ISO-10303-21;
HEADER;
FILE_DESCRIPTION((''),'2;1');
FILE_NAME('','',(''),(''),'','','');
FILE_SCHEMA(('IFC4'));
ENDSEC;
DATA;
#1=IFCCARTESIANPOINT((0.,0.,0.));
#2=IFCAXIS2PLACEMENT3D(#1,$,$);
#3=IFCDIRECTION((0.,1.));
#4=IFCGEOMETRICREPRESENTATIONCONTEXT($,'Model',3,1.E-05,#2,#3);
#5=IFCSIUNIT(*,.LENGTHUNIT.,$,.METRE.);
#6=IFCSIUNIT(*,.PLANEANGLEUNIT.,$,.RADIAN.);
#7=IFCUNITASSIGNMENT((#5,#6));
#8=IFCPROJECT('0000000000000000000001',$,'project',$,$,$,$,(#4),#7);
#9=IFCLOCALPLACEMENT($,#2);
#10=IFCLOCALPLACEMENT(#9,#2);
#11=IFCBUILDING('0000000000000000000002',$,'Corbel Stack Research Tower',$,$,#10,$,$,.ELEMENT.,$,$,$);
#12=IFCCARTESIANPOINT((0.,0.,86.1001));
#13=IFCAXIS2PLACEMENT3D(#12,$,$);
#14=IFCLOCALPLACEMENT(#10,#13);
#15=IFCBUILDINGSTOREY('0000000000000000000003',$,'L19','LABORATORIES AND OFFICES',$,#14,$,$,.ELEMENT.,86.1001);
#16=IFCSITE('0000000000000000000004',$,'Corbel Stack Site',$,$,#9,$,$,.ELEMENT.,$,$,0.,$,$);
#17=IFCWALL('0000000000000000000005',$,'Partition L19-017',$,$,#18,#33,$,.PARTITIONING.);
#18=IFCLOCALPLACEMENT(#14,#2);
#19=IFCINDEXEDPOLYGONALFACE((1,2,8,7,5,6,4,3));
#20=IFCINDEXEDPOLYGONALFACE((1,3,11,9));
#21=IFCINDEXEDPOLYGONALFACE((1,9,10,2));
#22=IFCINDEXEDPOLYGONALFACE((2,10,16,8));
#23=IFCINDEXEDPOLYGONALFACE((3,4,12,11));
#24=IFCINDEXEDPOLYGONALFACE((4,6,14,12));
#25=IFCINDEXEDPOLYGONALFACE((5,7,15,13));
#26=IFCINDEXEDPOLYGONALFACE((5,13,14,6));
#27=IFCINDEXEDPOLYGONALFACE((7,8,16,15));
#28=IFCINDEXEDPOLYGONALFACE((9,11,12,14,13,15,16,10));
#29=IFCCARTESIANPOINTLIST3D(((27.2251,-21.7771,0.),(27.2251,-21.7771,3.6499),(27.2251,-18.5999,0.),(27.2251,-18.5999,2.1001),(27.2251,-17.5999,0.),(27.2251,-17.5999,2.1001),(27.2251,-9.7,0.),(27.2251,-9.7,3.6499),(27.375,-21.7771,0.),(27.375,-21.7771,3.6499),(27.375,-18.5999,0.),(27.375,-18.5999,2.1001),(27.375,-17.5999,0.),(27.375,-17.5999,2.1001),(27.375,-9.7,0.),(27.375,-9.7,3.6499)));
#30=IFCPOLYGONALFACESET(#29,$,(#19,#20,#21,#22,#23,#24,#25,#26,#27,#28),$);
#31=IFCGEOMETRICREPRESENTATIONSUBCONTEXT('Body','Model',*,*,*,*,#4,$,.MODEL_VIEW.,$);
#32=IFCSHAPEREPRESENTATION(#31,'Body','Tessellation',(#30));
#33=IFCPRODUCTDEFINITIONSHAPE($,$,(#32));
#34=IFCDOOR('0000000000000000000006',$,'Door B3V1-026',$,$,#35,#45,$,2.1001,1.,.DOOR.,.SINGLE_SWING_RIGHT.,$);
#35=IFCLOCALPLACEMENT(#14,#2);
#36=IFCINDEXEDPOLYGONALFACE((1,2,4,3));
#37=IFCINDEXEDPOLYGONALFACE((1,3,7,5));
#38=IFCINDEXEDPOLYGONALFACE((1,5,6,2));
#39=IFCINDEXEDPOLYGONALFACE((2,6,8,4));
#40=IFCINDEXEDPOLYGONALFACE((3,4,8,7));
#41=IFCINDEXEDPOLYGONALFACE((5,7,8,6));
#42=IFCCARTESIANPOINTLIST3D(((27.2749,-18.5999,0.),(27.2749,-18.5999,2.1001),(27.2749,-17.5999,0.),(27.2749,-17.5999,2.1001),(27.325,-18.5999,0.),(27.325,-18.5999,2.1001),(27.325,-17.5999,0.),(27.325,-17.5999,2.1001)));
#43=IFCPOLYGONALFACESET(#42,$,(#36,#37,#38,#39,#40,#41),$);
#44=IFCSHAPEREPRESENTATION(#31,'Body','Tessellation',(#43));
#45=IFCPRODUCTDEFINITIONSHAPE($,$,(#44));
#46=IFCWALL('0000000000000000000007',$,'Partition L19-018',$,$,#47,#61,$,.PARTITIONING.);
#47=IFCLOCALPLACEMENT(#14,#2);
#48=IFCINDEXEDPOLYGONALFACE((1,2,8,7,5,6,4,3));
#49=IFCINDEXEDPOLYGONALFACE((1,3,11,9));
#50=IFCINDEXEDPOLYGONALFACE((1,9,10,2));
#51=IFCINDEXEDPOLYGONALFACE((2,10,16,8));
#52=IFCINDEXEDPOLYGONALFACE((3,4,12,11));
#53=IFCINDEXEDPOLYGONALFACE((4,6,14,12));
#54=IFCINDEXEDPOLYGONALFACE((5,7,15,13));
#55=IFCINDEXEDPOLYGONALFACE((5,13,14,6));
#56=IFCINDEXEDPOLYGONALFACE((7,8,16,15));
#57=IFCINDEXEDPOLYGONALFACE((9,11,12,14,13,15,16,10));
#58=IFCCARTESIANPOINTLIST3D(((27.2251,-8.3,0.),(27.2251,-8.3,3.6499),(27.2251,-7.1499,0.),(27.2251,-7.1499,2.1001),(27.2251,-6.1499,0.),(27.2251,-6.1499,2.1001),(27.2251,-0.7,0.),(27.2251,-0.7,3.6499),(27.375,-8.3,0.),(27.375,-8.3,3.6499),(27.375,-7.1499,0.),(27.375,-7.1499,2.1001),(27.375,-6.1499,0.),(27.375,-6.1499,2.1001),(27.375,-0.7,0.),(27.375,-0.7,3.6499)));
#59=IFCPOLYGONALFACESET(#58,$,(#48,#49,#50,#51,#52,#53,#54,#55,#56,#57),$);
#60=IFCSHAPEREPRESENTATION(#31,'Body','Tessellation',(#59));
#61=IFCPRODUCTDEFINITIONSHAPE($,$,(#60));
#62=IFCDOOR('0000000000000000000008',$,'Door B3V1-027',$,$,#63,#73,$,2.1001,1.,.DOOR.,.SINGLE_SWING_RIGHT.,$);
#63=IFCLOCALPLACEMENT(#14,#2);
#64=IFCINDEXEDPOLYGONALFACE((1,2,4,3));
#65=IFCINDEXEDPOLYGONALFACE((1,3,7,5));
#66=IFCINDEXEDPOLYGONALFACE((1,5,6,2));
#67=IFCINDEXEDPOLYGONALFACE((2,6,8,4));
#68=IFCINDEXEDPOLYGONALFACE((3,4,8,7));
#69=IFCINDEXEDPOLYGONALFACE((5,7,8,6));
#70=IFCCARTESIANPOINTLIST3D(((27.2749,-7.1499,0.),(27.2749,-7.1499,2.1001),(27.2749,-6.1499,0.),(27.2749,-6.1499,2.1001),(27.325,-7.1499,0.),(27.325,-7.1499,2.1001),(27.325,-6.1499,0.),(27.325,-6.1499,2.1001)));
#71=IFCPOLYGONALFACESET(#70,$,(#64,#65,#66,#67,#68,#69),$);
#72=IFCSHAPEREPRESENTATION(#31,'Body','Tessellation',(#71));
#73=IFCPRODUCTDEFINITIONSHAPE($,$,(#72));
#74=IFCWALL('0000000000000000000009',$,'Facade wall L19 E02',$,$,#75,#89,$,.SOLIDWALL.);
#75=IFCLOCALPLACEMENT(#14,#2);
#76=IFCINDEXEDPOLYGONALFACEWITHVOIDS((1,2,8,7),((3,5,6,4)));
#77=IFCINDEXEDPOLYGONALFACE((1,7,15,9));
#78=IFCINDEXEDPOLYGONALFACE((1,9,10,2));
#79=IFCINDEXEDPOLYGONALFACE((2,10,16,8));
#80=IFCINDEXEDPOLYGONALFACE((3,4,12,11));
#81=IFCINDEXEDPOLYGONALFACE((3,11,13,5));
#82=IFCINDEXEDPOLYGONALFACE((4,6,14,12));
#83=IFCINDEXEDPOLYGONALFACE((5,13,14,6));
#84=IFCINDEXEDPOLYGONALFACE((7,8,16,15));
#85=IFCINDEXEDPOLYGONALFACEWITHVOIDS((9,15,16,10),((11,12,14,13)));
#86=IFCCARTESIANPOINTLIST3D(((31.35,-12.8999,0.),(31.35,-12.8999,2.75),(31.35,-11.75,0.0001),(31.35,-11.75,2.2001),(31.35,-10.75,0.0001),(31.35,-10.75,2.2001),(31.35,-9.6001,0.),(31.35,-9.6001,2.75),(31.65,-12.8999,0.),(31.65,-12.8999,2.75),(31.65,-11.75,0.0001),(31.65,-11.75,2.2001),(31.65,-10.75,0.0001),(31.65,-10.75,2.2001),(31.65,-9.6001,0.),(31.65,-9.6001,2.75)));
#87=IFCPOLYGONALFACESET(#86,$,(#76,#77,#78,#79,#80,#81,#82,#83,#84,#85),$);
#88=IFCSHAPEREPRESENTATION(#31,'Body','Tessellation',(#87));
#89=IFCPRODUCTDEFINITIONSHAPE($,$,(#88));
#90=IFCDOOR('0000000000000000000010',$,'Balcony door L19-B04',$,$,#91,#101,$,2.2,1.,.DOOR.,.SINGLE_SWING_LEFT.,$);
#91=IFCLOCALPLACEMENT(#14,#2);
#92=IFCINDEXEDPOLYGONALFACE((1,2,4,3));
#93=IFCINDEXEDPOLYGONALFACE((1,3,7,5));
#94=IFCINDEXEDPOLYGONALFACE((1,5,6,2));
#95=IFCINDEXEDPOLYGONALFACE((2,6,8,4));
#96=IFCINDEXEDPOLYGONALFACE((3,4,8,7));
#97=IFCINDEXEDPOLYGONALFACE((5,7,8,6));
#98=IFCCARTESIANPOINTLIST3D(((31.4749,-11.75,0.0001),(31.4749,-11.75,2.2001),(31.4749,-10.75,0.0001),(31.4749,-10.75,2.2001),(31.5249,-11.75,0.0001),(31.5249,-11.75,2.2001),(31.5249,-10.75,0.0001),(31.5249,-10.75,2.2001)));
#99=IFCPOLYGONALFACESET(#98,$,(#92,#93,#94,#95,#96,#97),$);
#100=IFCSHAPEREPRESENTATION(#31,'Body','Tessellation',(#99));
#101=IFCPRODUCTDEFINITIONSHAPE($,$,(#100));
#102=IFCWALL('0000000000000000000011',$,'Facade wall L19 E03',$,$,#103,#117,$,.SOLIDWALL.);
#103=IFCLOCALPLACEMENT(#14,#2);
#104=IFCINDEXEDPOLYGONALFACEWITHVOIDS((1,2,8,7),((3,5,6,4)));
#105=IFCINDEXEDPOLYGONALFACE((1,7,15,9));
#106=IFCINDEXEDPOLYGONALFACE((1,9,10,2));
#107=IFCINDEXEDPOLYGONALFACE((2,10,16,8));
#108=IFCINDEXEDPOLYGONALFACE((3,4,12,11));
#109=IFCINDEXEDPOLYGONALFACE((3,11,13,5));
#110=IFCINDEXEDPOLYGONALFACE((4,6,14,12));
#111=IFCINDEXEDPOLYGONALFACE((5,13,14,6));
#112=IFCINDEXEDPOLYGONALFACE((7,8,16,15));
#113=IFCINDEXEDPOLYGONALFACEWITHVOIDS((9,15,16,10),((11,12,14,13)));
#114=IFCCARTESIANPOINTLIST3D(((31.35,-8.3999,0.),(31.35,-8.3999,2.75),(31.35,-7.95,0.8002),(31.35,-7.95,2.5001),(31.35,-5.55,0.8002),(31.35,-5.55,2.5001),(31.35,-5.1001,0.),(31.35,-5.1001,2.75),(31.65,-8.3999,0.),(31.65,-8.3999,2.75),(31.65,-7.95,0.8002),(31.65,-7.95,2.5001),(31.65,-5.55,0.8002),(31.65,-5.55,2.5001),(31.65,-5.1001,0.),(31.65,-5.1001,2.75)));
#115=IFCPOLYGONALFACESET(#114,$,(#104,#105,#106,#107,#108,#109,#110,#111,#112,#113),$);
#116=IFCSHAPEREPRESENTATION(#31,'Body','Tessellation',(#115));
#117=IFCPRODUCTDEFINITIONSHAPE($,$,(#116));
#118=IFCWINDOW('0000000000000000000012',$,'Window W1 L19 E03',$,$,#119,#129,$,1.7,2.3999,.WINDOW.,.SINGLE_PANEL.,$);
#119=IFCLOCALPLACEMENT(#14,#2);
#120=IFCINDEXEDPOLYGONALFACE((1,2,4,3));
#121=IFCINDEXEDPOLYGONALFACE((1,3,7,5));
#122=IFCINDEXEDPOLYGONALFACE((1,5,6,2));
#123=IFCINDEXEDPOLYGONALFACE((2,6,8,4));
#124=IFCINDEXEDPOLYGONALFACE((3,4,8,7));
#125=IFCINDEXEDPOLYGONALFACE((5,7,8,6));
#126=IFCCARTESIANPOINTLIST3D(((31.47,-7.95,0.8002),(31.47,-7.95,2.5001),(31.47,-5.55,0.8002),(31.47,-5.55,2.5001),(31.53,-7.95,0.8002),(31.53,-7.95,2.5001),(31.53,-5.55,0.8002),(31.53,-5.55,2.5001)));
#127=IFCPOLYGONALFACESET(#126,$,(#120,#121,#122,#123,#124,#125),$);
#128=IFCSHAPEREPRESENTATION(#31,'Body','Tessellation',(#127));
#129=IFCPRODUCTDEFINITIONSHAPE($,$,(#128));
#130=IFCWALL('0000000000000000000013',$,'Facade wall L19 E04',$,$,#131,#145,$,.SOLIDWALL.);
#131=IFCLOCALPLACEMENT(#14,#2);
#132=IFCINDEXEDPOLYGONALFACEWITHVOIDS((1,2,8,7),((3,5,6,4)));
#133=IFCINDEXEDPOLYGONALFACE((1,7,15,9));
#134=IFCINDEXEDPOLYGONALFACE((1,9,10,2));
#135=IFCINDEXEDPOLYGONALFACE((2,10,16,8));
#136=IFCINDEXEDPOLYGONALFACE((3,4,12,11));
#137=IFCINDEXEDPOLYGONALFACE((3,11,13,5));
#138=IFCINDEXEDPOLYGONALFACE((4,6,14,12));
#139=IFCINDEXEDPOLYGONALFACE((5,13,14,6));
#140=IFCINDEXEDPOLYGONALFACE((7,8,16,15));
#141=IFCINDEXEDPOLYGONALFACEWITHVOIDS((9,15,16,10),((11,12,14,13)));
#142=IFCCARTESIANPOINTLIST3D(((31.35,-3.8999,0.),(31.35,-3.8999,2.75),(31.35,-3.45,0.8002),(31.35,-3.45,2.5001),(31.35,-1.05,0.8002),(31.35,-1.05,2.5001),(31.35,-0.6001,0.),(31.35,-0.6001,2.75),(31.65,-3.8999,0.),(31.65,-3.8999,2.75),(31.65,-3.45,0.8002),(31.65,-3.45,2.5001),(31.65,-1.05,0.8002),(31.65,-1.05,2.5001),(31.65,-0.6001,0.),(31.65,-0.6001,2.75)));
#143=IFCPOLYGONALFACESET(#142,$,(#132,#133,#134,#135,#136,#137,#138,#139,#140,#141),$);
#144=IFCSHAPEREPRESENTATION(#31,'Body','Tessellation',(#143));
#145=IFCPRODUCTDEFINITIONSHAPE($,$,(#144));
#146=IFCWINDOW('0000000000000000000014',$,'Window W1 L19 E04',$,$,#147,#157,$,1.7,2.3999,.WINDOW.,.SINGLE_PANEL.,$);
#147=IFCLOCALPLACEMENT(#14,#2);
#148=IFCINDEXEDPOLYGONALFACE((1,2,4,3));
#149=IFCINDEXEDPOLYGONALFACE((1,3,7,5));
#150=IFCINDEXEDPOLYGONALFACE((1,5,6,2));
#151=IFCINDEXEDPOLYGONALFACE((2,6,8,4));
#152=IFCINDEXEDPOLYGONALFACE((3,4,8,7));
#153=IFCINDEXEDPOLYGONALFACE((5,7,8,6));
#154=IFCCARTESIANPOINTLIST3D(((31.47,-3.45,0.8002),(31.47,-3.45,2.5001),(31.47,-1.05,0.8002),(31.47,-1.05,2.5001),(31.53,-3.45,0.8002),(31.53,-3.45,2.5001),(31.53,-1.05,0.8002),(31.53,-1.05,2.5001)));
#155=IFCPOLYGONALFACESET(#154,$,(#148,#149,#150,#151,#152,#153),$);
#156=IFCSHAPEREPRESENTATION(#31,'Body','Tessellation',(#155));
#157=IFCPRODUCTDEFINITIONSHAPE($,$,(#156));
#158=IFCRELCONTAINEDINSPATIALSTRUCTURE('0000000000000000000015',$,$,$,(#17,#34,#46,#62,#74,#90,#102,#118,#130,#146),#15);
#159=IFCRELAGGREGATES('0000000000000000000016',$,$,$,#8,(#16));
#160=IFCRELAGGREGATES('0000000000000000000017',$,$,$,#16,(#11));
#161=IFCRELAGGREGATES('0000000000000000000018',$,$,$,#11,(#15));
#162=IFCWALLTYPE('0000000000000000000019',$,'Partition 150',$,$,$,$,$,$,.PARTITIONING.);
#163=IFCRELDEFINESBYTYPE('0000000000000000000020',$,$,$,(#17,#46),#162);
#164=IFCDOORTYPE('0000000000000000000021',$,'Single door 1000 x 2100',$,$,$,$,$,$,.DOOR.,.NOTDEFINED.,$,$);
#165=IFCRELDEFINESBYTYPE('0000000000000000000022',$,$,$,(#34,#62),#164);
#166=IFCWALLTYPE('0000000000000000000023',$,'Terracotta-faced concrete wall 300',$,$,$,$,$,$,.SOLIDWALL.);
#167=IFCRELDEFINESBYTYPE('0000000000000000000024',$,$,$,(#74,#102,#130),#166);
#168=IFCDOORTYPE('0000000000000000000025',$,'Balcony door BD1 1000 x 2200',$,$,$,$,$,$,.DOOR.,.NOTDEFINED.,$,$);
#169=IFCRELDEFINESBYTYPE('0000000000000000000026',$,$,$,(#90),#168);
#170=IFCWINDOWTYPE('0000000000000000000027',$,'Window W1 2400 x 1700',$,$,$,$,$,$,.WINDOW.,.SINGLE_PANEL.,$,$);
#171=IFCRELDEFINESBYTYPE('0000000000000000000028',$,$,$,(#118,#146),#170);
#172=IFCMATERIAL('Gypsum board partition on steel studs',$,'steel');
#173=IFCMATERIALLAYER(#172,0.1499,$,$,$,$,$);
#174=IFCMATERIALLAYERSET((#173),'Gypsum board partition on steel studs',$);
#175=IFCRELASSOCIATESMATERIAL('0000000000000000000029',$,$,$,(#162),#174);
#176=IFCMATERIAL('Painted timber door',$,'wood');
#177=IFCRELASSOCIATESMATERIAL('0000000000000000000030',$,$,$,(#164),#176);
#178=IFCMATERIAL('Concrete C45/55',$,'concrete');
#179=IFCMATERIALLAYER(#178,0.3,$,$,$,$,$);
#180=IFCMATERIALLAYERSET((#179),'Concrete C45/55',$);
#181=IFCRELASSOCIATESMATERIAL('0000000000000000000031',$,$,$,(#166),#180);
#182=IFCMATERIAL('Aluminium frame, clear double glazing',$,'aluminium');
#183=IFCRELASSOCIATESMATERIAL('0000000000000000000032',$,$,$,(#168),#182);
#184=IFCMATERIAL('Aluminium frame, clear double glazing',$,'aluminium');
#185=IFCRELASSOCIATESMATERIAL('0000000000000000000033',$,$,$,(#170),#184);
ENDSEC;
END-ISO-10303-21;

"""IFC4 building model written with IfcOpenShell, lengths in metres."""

from ifc_helpers import new_model, si_unit, direction, frame, frame_2d, origin, place, context, subcontext, project, spatial, rectangle, extrude, material, layer, layer_set, type_object, element, fill, save


model = new_model("IFC4")

# Units and contexts
model_context = context("Model", 3, precision=1e-05, world=origin(), true_north=direction((0.0, 1.0)))
body_context = subcontext(model_context, "Body", "Model", "MODEL_VIEW")
ifc_project = project(units=[si_unit("LENGTHUNIT", "METRE"), si_unit("PLANEANGLEUNIT", "RADIAN")], contexts=[model_context])

# Site, building, storey
site_placement = place(None, origin())
site = spatial("IfcSite", under=ifc_project, at=site_placement, Name="Corbel Stack Site", CompositionType="ELEMENT", RefElevation=0.0)
building_placement = place(site_placement, origin())
building = spatial("IfcBuilding", under=site, at=building_placement, Name="Corbel Stack Research Tower", CompositionType="ELEMENT")
storey_placement = place(building_placement, frame((0.0, 0.0, 86.1001)))
storey = spatial("IfcBuildingStorey", under=building, at=storey_placement, Name="L19", Description="LABORATORIES AND OFFICES", CompositionType="ELEMENT", Elevation=86.1001)

# Walls, openings, doors
ifc_material_1 = material(Name="Gypsum board partition on steel studs", Category="steel")
ifc_layer_1 = layer(ifc_material_1, 0.1499)
ifc_layer_set_1 = layer_set([ifc_layer_1], Name="Gypsum board partition on steel studs")
wall_type_1 = type_object("IfcWallType", Name="Partition 150", PredefinedType="PARTITIONING", material=ifc_layer_set_1)
wall_1_placement = place(storey_placement, frame((27.3, -9.7, 0.0), z_axis=(0.0, 0.0, 1.0), x_axis=(0.0, -1.0, 0.0)))
wall_1 = element("IfcWall", 1, at=wall_1_placement, inside=storey, type_object=wall_type_1, Name="Partition L19-017", PredefinedType="PARTITIONING", context=body_context, shape_type="SweptSolid", body=[
    extrude(rectangle(XDim=12.0771, YDim=0.1499, at=frame_2d((6.0386, 0.0))), origin(), (0.0, 0.0, 1.0), 3.6499),
])
opening_1_placement = place(wall_1_placement, frame((7.8999, 0.0, 0.0)))
opening_1 = element("IfcOpeningElement", 2, at=opening_1_placement, cuts=wall_1, PredefinedType="OPENING", context=body_context, shape_type="SweptSolid", body=[
    extrude(rectangle(XDim=1.0, YDim=2.1001, at=frame_2d((0.5, 1.05))), frame((0.0, 0.085, 0.0), z_axis=(0.0, -1.0, 0.0), x_axis=(1.0, 0.0, 0.0)), (0.0, 0.0, 1.0), 0.1699),
])
ifc_material_2 = material(Name="Painted timber door", Category="wood")
door_type_1 = type_object("IfcDoorType", Name="Single door 1000 x 2100", OperationType="NOTDEFINED", PredefinedType="DOOR", material=ifc_material_2)
door_1_placement = place(opening_1_placement, origin())
door_1 = element("IfcDoor", 3, at=door_1_placement, inside=storey, type_object=door_type_1, Name="Door B3V1-026", OperationType="SINGLE_SWING_RIGHT", OverallHeight=2.1001, OverallWidth=1.0, PredefinedType="DOOR", context=body_context, shape_type="SweptSolid", body=[
    extrude(rectangle(XDim=1.0, YDim=2.1001, at=frame_2d((0.5, 1.05))), frame((0.0, 0.0249, 0.0), z_axis=(0.0, -1.0, 0.0), x_axis=(1.0, 0.0, 0.0)), (0.0, 0.0, 1.0), 0.05),
])
fill(opening_1, door_1)
wall_2_placement = place(storey_placement, frame((27.3, -0.7, 0.0), z_axis=(0.0, 0.0, 1.0), x_axis=(0.0, -1.0, 0.0)))
wall_2 = element("IfcWall", 4, at=wall_2_placement, inside=storey, type_object=wall_type_1, Name="Partition L19-018", PredefinedType="PARTITIONING", context=body_context, shape_type="SweptSolid", body=[
    extrude(rectangle(XDim=7.6001, YDim=0.1499, at=frame_2d((3.8, 0.0))), origin(), (0.0, 0.0, 1.0), 3.6499),
])
opening_2_placement = place(wall_2_placement, frame((5.45, 0.0, 0.0)))
opening_2 = element("IfcOpeningElement", 5, at=opening_2_placement, cuts=wall_2, PredefinedType="OPENING", context=body_context, shape_type="SweptSolid", body=[
    extrude(rectangle(XDim=1.0, YDim=2.1001, at=frame_2d((0.5, 1.05))), frame((0.0, 0.085, 0.0), z_axis=(0.0, -1.0, 0.0), x_axis=(1.0, 0.0, 0.0)), (0.0, 0.0, 1.0), 0.1699),
])
door_2_placement = place(opening_2_placement, origin())
door_2 = element("IfcDoor", 6, at=door_2_placement, inside=storey, type_object=door_type_1, Name="Door B3V1-027", OperationType="SINGLE_SWING_RIGHT", OverallHeight=2.1001, OverallWidth=1.0, PredefinedType="DOOR", context=body_context, shape_type="SweptSolid", body=[
    extrude(rectangle(XDim=1.0, YDim=2.1001, at=frame_2d((0.5, 1.05))), frame((0.0, 0.0249, 0.0), z_axis=(0.0, -1.0, 0.0), x_axis=(1.0, 0.0, 0.0)), (0.0, 0.0, 1.0), 0.05),
])
fill(opening_2, door_2)
ifc_material_3 = material(Name="Concrete C45/55", Category="concrete")
ifc_layer_2 = layer(ifc_material_3, 0.3)
ifc_layer_set_2 = layer_set([ifc_layer_2], Name="Concrete C45/55")
wall_type_2 = type_object("IfcWallType", Name="Terracotta-faced concrete wall 300", PredefinedType="SOLIDWALL", material=ifc_layer_set_2)
wall_3_placement = place(storey_placement, frame((31.5, -9.6001, 0.0), z_axis=(0.0, 0.0, 1.0), x_axis=(0.0, -1.0, 0.0)))
wall_3 = element("IfcWall", 7, at=wall_3_placement, inside=storey, type_object=wall_type_2, Name="Facade wall L19 E02", PredefinedType="SOLIDWALL", context=body_context, shape_type="SweptSolid", body=[
    extrude(rectangle(XDim=3.2998, YDim=0.3, at=frame_2d((1.6499, 0.0))), origin(), (0.0, 0.0, 1.0), 2.75),
])
opening_3_placement = place(wall_3_placement, frame((1.1499, 0.0, 0.0)))
opening_3 = element("IfcOpeningElement", 8, at=opening_3_placement, cuts=wall_3, PredefinedType="OPENING", context=body_context, shape_type="SweptSolid", body=[
    extrude(rectangle(XDim=1.0, YDim=2.2, at=frame_2d((0.5, 1.1001))), frame((0.0, 0.1599, 0.0), z_axis=(0.0, -1.0, 0.0), x_axis=(1.0, 0.0, 0.0)), (0.0, 0.0, 1.0), 0.3201),
])
ifc_material_4 = material(Name="Aluminium frame, clear double glazing", Category="aluminium")
door_type_2 = type_object("IfcDoorType", Name="Balcony door BD1 1000 x 2200", OperationType="NOTDEFINED", PredefinedType="DOOR", material=ifc_material_4)
door_3_placement = place(opening_3_placement, origin())
door_3 = element("IfcDoor", 9, at=door_3_placement, inside=storey, type_object=door_type_2, Name="Balcony door L19-B04", OperationType="SINGLE_SWING_LEFT", OverallHeight=2.2, OverallWidth=1.0, PredefinedType="DOOR", context=body_context, shape_type="SweptSolid", body=[
    extrude(rectangle(XDim=1.0, YDim=2.2, at=frame_2d((0.5, 1.1001))), frame((0.0, 0.0249, 0.0), z_axis=(0.0, -1.0, 0.0), x_axis=(1.0, 0.0, 0.0)), (0.0, 0.0, 1.0), 0.05),
])
fill(opening_3, door_3)

# Walls, openings, windows
wall_4_placement = place(storey_placement, frame((31.5, -5.1001, 0.0), z_axis=(0.0, 0.0, 1.0), x_axis=(0.0, -1.0, 0.0)))
wall_4 = element("IfcWall", 10, at=wall_4_placement, inside=storey, type_object=wall_type_2, Name="Facade wall L19 E03", PredefinedType="SOLIDWALL", context=body_context, shape_type="SweptSolid", body=[
    extrude(rectangle(XDim=3.2998, YDim=0.3, at=frame_2d((1.6499, 0.0))), origin(), (0.0, 0.0, 1.0), 2.75),
])
opening_4_placement = place(wall_4_placement, frame((0.45, 0.0, 0.8)))
opening_4 = element("IfcOpeningElement", 11, at=opening_4_placement, cuts=wall_4, PredefinedType="OPENING", context=body_context, shape_type="SweptSolid", body=[
    extrude(rectangle(XDim=2.3999, YDim=1.7, at=frame_2d((1.2, 0.8501))), frame((0.0, 0.1599, 0.0), z_axis=(0.0, -1.0, 0.0), x_axis=(1.0, 0.0, 0.0)), (0.0, 0.0, 1.0), 0.3201),
])
ifc_material_5 = material(Name="Aluminium frame, clear double glazing", Category="aluminium")
window_type = type_object("IfcWindowType", Name="Window W1 2400 x 1700", PartitioningType="SINGLE_PANEL", PredefinedType="WINDOW", material=ifc_material_5)
window_1_placement = place(opening_4_placement, origin())
window_1 = element("IfcWindow", 12, at=window_1_placement, inside=storey, type_object=window_type, Name="Window W1 L19 E03", OverallHeight=1.7, OverallWidth=2.3999, PartitioningType="SINGLE_PANEL", PredefinedType="WINDOW", context=body_context, shape_type="SweptSolid", body=[
    extrude(rectangle(XDim=2.3999, YDim=1.7, at=frame_2d((1.2, 0.8501))), frame((0.0, 0.03, 0.0), z_axis=(0.0, -1.0, 0.0), x_axis=(1.0, 0.0, 0.0)), (0.0, 0.0, 1.0), 0.0601),
])
fill(opening_4, window_1)
wall_5_placement = place(storey_placement, frame((31.5, -0.6001, 0.0), z_axis=(0.0, 0.0, 1.0), x_axis=(0.0, -1.0, 0.0)))
wall_5 = element("IfcWall", 13, at=wall_5_placement, inside=storey, type_object=wall_type_2, Name="Facade wall L19 E04", PredefinedType="SOLIDWALL", context=body_context, shape_type="SweptSolid", body=[
    extrude(rectangle(XDim=3.2998, YDim=0.3, at=frame_2d((1.6499, 0.0))), origin(), (0.0, 0.0, 1.0), 2.75),
])
opening_5_placement = place(wall_5_placement, frame((0.45, 0.0, 0.8)))
opening_5 = element("IfcOpeningElement", 14, at=opening_5_placement, cuts=wall_5, PredefinedType="OPENING", context=body_context, shape_type="SweptSolid", body=[
    extrude(rectangle(XDim=2.3999, YDim=1.7, at=frame_2d((1.2, 0.8501))), frame((0.0, 0.1599, 0.0), z_axis=(0.0, -1.0, 0.0), x_axis=(1.0, 0.0, 0.0)), (0.0, 0.0, 1.0), 0.3201),
])
window_2_placement = place(opening_5_placement, origin())
window_2 = element("IfcWindow", 15, at=window_2_placement, inside=storey, type_object=window_type, Name="Window W1 L19 E04", OverallHeight=1.7, OverallWidth=2.3999, PartitioningType="SINGLE_PANEL", PredefinedType="WINDOW", context=body_context, shape_type="SweptSolid", body=[
    extrude(rectangle(XDim=2.3999, YDim=1.7, at=frame_2d((1.2, 0.8501))), frame((0.0, 0.03, 0.0), z_axis=(0.0, -1.0, 0.0), x_axis=(1.0, 0.0, 0.0)), (0.0, 0.0, 1.0), 0.0601),
])
fill(opening_5, window_2)

save(model, "model.ifc")
